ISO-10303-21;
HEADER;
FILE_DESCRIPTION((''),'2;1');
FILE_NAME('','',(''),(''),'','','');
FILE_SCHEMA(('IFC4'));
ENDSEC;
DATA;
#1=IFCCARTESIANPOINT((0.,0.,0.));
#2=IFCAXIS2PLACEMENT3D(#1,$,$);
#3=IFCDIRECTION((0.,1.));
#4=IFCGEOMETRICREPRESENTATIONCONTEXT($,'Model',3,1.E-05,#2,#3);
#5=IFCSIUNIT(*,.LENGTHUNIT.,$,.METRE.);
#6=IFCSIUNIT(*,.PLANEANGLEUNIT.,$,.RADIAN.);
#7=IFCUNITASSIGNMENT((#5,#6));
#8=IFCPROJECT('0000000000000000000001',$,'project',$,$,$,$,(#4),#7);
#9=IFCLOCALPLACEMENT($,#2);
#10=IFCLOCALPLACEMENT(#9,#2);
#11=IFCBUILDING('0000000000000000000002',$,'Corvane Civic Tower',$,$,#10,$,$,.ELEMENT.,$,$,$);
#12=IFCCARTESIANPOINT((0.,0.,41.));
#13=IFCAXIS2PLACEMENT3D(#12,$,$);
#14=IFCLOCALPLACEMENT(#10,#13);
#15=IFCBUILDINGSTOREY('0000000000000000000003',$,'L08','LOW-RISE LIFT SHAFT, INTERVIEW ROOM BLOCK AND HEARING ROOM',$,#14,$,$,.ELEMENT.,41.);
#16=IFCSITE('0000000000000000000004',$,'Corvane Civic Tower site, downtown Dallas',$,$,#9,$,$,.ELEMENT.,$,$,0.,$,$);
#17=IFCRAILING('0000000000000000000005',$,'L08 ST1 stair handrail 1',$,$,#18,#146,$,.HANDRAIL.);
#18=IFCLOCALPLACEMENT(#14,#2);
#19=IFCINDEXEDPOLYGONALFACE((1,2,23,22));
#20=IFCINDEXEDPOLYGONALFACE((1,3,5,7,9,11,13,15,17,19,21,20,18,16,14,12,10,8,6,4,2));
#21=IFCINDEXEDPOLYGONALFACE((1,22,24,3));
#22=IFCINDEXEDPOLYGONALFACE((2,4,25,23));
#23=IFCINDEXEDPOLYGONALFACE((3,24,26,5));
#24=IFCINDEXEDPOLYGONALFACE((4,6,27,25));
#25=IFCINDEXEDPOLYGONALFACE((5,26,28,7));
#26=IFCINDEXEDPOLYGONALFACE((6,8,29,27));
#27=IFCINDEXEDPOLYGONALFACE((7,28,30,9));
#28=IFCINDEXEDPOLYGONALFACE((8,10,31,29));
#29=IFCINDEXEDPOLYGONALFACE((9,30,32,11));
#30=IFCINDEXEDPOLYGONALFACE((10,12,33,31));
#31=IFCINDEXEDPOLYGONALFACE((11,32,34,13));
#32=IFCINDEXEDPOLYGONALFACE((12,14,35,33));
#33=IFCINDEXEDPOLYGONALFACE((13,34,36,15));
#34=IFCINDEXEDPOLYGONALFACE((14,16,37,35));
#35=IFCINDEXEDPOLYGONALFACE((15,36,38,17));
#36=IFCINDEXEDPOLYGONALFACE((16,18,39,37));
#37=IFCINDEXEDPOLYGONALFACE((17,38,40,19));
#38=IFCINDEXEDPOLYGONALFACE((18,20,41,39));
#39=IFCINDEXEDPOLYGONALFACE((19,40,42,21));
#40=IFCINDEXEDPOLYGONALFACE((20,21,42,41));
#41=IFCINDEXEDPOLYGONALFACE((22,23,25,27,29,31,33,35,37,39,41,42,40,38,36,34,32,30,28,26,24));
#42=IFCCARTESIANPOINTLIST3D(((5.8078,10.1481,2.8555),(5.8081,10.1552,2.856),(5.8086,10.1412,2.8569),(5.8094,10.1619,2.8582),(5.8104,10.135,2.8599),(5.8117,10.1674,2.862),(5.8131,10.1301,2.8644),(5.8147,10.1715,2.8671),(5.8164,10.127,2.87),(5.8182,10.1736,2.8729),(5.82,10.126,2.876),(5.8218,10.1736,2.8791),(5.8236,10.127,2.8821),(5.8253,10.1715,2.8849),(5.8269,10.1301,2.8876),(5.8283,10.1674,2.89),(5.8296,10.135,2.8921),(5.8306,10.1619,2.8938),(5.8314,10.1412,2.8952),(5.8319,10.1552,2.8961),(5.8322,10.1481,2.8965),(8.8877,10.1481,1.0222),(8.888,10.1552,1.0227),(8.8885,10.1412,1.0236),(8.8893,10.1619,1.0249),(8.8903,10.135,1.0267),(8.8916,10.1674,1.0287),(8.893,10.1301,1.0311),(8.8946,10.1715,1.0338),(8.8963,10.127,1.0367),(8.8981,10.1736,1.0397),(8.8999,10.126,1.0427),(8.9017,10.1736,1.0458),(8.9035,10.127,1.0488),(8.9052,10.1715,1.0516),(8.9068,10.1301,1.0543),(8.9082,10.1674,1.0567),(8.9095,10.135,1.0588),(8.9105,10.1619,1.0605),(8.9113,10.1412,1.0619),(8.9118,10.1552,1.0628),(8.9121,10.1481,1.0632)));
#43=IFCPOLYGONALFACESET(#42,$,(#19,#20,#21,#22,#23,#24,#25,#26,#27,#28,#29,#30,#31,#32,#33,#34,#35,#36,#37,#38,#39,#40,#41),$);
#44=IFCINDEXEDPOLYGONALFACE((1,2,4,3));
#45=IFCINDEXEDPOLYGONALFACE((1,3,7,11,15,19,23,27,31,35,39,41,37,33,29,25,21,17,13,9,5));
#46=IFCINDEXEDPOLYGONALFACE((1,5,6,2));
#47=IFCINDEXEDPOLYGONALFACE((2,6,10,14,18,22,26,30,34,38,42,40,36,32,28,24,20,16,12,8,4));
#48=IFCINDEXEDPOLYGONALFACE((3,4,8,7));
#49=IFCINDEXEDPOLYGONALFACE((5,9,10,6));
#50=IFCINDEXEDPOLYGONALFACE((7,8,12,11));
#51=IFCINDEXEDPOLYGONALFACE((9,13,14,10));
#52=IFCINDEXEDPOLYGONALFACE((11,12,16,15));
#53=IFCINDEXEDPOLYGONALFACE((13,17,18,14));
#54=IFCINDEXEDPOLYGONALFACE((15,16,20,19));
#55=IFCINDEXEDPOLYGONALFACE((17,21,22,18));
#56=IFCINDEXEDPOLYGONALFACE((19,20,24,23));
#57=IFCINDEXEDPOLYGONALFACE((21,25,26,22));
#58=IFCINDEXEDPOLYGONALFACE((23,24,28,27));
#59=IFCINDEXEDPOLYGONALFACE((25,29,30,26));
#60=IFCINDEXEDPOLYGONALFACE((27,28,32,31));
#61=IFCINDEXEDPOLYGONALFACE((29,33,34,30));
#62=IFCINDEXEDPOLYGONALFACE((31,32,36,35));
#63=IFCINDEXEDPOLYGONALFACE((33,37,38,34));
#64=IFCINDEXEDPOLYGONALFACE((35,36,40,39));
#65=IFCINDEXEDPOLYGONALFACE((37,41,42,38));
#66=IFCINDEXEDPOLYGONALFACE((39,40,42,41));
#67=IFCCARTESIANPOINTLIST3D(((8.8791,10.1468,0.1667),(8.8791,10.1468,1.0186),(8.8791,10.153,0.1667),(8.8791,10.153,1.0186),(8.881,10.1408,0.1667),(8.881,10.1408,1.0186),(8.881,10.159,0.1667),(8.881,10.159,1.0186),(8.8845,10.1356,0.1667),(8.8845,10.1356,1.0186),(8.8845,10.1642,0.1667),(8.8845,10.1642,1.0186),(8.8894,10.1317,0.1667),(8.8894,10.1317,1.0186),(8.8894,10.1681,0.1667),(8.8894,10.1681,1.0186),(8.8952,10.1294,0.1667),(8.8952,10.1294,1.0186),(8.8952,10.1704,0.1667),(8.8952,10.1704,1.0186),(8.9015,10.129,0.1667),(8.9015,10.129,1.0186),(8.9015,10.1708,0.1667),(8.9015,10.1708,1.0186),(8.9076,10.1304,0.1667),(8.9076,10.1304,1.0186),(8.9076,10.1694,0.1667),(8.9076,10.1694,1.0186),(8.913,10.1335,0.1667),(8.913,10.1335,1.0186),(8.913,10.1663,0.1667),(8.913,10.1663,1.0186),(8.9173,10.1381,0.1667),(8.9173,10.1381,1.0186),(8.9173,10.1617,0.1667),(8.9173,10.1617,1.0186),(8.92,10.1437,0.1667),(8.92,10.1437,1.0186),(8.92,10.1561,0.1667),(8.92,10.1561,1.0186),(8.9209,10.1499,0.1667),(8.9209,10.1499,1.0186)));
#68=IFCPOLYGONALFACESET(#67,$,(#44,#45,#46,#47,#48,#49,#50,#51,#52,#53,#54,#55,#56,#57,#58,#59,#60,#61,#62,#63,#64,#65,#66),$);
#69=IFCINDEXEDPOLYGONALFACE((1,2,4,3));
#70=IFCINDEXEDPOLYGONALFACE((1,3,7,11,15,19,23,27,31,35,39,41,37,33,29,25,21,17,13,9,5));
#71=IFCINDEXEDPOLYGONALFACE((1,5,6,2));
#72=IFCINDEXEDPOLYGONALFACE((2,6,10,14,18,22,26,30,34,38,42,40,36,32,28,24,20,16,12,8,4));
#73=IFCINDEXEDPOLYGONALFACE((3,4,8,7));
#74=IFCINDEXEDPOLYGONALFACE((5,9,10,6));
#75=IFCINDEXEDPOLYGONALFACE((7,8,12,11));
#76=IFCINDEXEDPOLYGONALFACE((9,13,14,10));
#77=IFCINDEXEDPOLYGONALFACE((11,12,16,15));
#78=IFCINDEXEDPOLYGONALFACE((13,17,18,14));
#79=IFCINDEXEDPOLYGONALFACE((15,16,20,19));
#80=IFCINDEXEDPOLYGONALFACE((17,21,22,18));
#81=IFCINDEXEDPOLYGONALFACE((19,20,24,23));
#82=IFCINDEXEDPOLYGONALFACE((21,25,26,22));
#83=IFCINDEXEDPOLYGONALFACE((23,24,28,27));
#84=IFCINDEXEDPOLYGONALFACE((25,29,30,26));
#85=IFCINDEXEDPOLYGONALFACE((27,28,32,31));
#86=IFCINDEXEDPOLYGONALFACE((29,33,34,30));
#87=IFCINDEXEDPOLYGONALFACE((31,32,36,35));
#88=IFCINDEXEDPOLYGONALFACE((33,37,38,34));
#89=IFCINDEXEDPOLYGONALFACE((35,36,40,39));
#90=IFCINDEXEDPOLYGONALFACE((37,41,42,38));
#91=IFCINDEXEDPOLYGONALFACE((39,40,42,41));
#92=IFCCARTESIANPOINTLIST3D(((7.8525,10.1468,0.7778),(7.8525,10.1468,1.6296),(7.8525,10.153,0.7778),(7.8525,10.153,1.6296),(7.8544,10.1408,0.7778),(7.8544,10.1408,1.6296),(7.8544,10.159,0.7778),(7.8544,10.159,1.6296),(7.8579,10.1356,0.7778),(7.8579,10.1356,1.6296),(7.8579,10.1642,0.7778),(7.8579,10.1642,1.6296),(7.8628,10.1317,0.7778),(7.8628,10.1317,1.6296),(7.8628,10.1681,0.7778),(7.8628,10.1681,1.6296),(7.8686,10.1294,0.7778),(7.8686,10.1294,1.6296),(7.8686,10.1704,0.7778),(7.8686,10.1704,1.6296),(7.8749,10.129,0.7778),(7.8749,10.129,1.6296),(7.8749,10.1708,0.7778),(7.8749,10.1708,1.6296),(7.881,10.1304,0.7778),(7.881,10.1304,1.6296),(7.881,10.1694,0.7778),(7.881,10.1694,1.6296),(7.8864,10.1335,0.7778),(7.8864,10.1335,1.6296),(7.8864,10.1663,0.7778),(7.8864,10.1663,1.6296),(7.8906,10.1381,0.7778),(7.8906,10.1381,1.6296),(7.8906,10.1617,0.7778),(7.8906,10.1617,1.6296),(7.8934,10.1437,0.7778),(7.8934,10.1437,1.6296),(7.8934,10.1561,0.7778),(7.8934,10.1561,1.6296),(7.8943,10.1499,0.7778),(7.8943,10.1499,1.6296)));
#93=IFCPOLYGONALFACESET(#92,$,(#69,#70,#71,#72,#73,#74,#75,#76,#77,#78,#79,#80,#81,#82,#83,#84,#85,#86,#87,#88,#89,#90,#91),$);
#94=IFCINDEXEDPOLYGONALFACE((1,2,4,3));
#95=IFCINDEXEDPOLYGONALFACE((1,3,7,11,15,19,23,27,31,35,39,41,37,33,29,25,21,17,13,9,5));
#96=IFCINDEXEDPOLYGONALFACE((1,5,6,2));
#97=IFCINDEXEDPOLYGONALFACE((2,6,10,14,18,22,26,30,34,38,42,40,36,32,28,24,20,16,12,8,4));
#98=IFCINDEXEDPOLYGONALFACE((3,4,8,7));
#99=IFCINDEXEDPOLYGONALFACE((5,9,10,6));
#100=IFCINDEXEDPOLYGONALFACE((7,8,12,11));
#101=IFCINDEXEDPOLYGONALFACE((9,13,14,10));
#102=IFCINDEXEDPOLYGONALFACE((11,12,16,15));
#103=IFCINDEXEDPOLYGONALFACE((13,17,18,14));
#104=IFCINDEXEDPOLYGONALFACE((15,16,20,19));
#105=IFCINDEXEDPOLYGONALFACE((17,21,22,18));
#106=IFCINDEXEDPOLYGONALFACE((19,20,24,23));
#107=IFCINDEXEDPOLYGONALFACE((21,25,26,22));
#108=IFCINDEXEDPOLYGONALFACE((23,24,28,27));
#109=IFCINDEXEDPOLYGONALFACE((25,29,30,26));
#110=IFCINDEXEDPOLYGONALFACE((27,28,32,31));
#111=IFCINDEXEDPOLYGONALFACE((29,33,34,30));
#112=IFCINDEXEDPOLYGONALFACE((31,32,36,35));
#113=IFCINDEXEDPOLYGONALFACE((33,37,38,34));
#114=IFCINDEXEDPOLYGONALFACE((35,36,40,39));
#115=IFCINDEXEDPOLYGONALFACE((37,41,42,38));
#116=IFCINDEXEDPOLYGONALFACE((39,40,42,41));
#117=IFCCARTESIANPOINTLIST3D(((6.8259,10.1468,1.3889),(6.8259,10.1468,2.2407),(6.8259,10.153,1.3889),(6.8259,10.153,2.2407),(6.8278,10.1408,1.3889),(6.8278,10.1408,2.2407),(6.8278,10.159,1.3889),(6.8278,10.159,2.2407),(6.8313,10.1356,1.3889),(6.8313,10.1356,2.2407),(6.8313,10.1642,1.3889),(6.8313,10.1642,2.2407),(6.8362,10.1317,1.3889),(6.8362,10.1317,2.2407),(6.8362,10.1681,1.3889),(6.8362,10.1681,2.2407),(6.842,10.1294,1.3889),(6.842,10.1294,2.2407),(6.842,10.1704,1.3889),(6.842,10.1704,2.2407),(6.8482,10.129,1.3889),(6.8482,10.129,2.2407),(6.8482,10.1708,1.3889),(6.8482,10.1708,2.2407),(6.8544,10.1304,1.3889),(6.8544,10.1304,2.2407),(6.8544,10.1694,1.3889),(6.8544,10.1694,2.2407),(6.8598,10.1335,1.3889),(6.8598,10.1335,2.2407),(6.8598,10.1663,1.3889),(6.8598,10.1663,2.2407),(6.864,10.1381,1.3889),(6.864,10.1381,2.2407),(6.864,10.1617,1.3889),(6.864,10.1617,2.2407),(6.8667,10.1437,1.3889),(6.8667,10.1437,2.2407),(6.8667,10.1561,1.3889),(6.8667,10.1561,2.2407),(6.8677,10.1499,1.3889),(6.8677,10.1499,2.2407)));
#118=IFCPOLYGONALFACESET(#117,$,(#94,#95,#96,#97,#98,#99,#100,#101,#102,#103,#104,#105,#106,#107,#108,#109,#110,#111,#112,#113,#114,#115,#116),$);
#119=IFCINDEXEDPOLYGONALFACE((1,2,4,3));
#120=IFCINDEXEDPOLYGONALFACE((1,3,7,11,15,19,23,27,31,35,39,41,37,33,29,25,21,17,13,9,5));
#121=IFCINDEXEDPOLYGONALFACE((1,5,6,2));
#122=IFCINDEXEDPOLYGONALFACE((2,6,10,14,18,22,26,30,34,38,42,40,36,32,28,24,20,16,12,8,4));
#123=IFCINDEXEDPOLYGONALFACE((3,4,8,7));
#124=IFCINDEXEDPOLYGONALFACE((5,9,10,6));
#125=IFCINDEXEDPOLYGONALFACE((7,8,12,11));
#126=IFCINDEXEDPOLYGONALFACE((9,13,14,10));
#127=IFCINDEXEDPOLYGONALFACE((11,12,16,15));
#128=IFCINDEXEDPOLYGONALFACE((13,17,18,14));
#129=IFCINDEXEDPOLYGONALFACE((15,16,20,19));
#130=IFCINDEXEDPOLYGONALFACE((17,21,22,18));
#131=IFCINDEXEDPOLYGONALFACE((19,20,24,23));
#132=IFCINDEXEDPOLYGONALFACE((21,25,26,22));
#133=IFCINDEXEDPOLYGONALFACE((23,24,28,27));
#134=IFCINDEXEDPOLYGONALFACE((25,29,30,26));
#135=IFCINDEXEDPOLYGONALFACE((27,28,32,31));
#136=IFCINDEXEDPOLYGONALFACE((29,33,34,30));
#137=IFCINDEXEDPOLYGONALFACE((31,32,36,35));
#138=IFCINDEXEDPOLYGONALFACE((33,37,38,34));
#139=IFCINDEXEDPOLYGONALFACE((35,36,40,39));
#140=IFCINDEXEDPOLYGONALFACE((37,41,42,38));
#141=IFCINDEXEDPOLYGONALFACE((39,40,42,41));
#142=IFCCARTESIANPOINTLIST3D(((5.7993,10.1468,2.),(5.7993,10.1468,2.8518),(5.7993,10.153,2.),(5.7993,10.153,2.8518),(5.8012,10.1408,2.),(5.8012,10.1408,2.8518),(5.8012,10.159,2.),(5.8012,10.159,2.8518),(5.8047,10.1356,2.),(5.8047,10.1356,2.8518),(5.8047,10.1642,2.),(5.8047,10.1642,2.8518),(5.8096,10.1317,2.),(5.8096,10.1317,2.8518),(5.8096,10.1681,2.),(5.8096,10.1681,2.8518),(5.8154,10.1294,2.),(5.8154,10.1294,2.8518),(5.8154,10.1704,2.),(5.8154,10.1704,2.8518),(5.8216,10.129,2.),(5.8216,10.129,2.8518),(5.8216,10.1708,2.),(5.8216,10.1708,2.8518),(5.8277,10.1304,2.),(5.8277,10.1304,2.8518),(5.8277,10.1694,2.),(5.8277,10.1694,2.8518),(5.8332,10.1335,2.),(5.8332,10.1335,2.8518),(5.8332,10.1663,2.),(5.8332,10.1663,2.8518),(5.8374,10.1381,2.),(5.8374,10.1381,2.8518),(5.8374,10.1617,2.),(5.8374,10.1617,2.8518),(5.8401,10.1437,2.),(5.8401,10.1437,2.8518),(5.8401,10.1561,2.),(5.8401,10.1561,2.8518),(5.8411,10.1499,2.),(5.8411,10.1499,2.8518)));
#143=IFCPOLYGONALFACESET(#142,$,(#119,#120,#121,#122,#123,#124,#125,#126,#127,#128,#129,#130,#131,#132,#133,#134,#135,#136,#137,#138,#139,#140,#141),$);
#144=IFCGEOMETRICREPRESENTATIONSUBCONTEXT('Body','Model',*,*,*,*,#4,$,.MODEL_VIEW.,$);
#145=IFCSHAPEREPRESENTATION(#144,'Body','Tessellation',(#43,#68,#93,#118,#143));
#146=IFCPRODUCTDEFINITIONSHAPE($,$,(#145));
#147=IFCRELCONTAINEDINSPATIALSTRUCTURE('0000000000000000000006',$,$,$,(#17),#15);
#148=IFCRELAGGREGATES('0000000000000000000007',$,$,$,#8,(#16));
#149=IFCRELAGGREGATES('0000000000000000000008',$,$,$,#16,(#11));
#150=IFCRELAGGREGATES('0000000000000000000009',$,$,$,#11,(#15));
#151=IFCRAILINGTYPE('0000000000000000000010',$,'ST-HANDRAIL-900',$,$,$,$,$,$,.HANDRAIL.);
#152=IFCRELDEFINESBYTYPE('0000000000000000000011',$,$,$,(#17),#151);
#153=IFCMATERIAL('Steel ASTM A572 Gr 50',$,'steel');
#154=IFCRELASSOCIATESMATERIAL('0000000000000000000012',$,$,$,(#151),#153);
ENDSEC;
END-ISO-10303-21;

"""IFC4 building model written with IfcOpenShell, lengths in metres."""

from ifc_helpers import new_model, si_unit, direction, frame, origin, origin_2d, place, context, subcontext, project, spatial, circle, extrude, material, type_object, element, save


model = new_model("IFC4")

# Units and contexts
model_context = context("Model", 3, precision=1e-05, world=origin(), true_north=direction((0.0, 1.0)))
body_context = subcontext(model_context, "Body", "Model", "MODEL_VIEW")
ifc_project = project(units=[si_unit("LENGTHUNIT", "METRE"), si_unit("PLANEANGLEUNIT", "RADIAN")], contexts=[model_context])

# Site, building, storey
site_placement = place(None, origin())
site = spatial("IfcSite", under=ifc_project, at=site_placement, Name="Corvane Civic Tower site, downtown Dallas", CompositionType="ELEMENT", RefElevation=0.0)
building_placement = place(site_placement, origin())
building = spatial("IfcBuilding", under=site, at=building_placement, Name="Corvane Civic Tower", CompositionType="ELEMENT")
storey_placement = place(building_placement, frame((0.0, 0.0, 41.0)))
storey = spatial("IfcBuildingStorey", under=building, at=storey_placement, Name="L08", Description="LOW-RISE LIFT SHAFT, INTERVIEW ROOM BLOCK AND HEARING ROOM", CompositionType="ELEMENT", Elevation=41.0)

# Railing
ifc_material_1 = material(Name="Steel ASTM A572 Gr 50", Category="steel")
railing_type_1 = type_object("IfcRailingType", Name="ST-HANDRAIL-900", PredefinedType="HANDRAIL", material=ifc_material_1)
railing_1_placement = place(storey_placement, frame((8.8999, 10.1499, 0.1667)))
element("IfcRailing", 1, at=railing_1_placement, inside=storey, type_object=railing_type_1, Name="L08 ST1 stair handrail 1", PredefinedType="HANDRAIL", context=body_context, shape_type="SweptSolid", body=[
    extrude(circle(Radius=0.0239, at=origin_2d()), frame((0.0, 0.0, 0.876), z_axis=(-0.859291, 0.0, 0.511487), x_axis=(0.0, -1.0, 0.0)), (0.0, 0.0, 1.0), 3.5842),
    extrude(circle(Radius=0.021, at=origin_2d()), origin(), (0.0, 0.0, 1.0), 0.8518),
    extrude(circle(Radius=0.021, at=origin_2d()), frame((-1.0266, 0.0, 0.6111)), (0.0, 0.0, 1.0), 0.8518),
    extrude(circle(Radius=0.021, at=origin_2d()), frame((-2.0532, 0.0, 1.2222)), (0.0, 0.0, 1.0), 0.8518),
    extrude(circle(Radius=0.021, at=origin_2d()), frame((-3.0798, 0.0, 1.8333)), (0.0, 0.0, 1.0), 0.8518),
])

save(model, "model.ifc")
